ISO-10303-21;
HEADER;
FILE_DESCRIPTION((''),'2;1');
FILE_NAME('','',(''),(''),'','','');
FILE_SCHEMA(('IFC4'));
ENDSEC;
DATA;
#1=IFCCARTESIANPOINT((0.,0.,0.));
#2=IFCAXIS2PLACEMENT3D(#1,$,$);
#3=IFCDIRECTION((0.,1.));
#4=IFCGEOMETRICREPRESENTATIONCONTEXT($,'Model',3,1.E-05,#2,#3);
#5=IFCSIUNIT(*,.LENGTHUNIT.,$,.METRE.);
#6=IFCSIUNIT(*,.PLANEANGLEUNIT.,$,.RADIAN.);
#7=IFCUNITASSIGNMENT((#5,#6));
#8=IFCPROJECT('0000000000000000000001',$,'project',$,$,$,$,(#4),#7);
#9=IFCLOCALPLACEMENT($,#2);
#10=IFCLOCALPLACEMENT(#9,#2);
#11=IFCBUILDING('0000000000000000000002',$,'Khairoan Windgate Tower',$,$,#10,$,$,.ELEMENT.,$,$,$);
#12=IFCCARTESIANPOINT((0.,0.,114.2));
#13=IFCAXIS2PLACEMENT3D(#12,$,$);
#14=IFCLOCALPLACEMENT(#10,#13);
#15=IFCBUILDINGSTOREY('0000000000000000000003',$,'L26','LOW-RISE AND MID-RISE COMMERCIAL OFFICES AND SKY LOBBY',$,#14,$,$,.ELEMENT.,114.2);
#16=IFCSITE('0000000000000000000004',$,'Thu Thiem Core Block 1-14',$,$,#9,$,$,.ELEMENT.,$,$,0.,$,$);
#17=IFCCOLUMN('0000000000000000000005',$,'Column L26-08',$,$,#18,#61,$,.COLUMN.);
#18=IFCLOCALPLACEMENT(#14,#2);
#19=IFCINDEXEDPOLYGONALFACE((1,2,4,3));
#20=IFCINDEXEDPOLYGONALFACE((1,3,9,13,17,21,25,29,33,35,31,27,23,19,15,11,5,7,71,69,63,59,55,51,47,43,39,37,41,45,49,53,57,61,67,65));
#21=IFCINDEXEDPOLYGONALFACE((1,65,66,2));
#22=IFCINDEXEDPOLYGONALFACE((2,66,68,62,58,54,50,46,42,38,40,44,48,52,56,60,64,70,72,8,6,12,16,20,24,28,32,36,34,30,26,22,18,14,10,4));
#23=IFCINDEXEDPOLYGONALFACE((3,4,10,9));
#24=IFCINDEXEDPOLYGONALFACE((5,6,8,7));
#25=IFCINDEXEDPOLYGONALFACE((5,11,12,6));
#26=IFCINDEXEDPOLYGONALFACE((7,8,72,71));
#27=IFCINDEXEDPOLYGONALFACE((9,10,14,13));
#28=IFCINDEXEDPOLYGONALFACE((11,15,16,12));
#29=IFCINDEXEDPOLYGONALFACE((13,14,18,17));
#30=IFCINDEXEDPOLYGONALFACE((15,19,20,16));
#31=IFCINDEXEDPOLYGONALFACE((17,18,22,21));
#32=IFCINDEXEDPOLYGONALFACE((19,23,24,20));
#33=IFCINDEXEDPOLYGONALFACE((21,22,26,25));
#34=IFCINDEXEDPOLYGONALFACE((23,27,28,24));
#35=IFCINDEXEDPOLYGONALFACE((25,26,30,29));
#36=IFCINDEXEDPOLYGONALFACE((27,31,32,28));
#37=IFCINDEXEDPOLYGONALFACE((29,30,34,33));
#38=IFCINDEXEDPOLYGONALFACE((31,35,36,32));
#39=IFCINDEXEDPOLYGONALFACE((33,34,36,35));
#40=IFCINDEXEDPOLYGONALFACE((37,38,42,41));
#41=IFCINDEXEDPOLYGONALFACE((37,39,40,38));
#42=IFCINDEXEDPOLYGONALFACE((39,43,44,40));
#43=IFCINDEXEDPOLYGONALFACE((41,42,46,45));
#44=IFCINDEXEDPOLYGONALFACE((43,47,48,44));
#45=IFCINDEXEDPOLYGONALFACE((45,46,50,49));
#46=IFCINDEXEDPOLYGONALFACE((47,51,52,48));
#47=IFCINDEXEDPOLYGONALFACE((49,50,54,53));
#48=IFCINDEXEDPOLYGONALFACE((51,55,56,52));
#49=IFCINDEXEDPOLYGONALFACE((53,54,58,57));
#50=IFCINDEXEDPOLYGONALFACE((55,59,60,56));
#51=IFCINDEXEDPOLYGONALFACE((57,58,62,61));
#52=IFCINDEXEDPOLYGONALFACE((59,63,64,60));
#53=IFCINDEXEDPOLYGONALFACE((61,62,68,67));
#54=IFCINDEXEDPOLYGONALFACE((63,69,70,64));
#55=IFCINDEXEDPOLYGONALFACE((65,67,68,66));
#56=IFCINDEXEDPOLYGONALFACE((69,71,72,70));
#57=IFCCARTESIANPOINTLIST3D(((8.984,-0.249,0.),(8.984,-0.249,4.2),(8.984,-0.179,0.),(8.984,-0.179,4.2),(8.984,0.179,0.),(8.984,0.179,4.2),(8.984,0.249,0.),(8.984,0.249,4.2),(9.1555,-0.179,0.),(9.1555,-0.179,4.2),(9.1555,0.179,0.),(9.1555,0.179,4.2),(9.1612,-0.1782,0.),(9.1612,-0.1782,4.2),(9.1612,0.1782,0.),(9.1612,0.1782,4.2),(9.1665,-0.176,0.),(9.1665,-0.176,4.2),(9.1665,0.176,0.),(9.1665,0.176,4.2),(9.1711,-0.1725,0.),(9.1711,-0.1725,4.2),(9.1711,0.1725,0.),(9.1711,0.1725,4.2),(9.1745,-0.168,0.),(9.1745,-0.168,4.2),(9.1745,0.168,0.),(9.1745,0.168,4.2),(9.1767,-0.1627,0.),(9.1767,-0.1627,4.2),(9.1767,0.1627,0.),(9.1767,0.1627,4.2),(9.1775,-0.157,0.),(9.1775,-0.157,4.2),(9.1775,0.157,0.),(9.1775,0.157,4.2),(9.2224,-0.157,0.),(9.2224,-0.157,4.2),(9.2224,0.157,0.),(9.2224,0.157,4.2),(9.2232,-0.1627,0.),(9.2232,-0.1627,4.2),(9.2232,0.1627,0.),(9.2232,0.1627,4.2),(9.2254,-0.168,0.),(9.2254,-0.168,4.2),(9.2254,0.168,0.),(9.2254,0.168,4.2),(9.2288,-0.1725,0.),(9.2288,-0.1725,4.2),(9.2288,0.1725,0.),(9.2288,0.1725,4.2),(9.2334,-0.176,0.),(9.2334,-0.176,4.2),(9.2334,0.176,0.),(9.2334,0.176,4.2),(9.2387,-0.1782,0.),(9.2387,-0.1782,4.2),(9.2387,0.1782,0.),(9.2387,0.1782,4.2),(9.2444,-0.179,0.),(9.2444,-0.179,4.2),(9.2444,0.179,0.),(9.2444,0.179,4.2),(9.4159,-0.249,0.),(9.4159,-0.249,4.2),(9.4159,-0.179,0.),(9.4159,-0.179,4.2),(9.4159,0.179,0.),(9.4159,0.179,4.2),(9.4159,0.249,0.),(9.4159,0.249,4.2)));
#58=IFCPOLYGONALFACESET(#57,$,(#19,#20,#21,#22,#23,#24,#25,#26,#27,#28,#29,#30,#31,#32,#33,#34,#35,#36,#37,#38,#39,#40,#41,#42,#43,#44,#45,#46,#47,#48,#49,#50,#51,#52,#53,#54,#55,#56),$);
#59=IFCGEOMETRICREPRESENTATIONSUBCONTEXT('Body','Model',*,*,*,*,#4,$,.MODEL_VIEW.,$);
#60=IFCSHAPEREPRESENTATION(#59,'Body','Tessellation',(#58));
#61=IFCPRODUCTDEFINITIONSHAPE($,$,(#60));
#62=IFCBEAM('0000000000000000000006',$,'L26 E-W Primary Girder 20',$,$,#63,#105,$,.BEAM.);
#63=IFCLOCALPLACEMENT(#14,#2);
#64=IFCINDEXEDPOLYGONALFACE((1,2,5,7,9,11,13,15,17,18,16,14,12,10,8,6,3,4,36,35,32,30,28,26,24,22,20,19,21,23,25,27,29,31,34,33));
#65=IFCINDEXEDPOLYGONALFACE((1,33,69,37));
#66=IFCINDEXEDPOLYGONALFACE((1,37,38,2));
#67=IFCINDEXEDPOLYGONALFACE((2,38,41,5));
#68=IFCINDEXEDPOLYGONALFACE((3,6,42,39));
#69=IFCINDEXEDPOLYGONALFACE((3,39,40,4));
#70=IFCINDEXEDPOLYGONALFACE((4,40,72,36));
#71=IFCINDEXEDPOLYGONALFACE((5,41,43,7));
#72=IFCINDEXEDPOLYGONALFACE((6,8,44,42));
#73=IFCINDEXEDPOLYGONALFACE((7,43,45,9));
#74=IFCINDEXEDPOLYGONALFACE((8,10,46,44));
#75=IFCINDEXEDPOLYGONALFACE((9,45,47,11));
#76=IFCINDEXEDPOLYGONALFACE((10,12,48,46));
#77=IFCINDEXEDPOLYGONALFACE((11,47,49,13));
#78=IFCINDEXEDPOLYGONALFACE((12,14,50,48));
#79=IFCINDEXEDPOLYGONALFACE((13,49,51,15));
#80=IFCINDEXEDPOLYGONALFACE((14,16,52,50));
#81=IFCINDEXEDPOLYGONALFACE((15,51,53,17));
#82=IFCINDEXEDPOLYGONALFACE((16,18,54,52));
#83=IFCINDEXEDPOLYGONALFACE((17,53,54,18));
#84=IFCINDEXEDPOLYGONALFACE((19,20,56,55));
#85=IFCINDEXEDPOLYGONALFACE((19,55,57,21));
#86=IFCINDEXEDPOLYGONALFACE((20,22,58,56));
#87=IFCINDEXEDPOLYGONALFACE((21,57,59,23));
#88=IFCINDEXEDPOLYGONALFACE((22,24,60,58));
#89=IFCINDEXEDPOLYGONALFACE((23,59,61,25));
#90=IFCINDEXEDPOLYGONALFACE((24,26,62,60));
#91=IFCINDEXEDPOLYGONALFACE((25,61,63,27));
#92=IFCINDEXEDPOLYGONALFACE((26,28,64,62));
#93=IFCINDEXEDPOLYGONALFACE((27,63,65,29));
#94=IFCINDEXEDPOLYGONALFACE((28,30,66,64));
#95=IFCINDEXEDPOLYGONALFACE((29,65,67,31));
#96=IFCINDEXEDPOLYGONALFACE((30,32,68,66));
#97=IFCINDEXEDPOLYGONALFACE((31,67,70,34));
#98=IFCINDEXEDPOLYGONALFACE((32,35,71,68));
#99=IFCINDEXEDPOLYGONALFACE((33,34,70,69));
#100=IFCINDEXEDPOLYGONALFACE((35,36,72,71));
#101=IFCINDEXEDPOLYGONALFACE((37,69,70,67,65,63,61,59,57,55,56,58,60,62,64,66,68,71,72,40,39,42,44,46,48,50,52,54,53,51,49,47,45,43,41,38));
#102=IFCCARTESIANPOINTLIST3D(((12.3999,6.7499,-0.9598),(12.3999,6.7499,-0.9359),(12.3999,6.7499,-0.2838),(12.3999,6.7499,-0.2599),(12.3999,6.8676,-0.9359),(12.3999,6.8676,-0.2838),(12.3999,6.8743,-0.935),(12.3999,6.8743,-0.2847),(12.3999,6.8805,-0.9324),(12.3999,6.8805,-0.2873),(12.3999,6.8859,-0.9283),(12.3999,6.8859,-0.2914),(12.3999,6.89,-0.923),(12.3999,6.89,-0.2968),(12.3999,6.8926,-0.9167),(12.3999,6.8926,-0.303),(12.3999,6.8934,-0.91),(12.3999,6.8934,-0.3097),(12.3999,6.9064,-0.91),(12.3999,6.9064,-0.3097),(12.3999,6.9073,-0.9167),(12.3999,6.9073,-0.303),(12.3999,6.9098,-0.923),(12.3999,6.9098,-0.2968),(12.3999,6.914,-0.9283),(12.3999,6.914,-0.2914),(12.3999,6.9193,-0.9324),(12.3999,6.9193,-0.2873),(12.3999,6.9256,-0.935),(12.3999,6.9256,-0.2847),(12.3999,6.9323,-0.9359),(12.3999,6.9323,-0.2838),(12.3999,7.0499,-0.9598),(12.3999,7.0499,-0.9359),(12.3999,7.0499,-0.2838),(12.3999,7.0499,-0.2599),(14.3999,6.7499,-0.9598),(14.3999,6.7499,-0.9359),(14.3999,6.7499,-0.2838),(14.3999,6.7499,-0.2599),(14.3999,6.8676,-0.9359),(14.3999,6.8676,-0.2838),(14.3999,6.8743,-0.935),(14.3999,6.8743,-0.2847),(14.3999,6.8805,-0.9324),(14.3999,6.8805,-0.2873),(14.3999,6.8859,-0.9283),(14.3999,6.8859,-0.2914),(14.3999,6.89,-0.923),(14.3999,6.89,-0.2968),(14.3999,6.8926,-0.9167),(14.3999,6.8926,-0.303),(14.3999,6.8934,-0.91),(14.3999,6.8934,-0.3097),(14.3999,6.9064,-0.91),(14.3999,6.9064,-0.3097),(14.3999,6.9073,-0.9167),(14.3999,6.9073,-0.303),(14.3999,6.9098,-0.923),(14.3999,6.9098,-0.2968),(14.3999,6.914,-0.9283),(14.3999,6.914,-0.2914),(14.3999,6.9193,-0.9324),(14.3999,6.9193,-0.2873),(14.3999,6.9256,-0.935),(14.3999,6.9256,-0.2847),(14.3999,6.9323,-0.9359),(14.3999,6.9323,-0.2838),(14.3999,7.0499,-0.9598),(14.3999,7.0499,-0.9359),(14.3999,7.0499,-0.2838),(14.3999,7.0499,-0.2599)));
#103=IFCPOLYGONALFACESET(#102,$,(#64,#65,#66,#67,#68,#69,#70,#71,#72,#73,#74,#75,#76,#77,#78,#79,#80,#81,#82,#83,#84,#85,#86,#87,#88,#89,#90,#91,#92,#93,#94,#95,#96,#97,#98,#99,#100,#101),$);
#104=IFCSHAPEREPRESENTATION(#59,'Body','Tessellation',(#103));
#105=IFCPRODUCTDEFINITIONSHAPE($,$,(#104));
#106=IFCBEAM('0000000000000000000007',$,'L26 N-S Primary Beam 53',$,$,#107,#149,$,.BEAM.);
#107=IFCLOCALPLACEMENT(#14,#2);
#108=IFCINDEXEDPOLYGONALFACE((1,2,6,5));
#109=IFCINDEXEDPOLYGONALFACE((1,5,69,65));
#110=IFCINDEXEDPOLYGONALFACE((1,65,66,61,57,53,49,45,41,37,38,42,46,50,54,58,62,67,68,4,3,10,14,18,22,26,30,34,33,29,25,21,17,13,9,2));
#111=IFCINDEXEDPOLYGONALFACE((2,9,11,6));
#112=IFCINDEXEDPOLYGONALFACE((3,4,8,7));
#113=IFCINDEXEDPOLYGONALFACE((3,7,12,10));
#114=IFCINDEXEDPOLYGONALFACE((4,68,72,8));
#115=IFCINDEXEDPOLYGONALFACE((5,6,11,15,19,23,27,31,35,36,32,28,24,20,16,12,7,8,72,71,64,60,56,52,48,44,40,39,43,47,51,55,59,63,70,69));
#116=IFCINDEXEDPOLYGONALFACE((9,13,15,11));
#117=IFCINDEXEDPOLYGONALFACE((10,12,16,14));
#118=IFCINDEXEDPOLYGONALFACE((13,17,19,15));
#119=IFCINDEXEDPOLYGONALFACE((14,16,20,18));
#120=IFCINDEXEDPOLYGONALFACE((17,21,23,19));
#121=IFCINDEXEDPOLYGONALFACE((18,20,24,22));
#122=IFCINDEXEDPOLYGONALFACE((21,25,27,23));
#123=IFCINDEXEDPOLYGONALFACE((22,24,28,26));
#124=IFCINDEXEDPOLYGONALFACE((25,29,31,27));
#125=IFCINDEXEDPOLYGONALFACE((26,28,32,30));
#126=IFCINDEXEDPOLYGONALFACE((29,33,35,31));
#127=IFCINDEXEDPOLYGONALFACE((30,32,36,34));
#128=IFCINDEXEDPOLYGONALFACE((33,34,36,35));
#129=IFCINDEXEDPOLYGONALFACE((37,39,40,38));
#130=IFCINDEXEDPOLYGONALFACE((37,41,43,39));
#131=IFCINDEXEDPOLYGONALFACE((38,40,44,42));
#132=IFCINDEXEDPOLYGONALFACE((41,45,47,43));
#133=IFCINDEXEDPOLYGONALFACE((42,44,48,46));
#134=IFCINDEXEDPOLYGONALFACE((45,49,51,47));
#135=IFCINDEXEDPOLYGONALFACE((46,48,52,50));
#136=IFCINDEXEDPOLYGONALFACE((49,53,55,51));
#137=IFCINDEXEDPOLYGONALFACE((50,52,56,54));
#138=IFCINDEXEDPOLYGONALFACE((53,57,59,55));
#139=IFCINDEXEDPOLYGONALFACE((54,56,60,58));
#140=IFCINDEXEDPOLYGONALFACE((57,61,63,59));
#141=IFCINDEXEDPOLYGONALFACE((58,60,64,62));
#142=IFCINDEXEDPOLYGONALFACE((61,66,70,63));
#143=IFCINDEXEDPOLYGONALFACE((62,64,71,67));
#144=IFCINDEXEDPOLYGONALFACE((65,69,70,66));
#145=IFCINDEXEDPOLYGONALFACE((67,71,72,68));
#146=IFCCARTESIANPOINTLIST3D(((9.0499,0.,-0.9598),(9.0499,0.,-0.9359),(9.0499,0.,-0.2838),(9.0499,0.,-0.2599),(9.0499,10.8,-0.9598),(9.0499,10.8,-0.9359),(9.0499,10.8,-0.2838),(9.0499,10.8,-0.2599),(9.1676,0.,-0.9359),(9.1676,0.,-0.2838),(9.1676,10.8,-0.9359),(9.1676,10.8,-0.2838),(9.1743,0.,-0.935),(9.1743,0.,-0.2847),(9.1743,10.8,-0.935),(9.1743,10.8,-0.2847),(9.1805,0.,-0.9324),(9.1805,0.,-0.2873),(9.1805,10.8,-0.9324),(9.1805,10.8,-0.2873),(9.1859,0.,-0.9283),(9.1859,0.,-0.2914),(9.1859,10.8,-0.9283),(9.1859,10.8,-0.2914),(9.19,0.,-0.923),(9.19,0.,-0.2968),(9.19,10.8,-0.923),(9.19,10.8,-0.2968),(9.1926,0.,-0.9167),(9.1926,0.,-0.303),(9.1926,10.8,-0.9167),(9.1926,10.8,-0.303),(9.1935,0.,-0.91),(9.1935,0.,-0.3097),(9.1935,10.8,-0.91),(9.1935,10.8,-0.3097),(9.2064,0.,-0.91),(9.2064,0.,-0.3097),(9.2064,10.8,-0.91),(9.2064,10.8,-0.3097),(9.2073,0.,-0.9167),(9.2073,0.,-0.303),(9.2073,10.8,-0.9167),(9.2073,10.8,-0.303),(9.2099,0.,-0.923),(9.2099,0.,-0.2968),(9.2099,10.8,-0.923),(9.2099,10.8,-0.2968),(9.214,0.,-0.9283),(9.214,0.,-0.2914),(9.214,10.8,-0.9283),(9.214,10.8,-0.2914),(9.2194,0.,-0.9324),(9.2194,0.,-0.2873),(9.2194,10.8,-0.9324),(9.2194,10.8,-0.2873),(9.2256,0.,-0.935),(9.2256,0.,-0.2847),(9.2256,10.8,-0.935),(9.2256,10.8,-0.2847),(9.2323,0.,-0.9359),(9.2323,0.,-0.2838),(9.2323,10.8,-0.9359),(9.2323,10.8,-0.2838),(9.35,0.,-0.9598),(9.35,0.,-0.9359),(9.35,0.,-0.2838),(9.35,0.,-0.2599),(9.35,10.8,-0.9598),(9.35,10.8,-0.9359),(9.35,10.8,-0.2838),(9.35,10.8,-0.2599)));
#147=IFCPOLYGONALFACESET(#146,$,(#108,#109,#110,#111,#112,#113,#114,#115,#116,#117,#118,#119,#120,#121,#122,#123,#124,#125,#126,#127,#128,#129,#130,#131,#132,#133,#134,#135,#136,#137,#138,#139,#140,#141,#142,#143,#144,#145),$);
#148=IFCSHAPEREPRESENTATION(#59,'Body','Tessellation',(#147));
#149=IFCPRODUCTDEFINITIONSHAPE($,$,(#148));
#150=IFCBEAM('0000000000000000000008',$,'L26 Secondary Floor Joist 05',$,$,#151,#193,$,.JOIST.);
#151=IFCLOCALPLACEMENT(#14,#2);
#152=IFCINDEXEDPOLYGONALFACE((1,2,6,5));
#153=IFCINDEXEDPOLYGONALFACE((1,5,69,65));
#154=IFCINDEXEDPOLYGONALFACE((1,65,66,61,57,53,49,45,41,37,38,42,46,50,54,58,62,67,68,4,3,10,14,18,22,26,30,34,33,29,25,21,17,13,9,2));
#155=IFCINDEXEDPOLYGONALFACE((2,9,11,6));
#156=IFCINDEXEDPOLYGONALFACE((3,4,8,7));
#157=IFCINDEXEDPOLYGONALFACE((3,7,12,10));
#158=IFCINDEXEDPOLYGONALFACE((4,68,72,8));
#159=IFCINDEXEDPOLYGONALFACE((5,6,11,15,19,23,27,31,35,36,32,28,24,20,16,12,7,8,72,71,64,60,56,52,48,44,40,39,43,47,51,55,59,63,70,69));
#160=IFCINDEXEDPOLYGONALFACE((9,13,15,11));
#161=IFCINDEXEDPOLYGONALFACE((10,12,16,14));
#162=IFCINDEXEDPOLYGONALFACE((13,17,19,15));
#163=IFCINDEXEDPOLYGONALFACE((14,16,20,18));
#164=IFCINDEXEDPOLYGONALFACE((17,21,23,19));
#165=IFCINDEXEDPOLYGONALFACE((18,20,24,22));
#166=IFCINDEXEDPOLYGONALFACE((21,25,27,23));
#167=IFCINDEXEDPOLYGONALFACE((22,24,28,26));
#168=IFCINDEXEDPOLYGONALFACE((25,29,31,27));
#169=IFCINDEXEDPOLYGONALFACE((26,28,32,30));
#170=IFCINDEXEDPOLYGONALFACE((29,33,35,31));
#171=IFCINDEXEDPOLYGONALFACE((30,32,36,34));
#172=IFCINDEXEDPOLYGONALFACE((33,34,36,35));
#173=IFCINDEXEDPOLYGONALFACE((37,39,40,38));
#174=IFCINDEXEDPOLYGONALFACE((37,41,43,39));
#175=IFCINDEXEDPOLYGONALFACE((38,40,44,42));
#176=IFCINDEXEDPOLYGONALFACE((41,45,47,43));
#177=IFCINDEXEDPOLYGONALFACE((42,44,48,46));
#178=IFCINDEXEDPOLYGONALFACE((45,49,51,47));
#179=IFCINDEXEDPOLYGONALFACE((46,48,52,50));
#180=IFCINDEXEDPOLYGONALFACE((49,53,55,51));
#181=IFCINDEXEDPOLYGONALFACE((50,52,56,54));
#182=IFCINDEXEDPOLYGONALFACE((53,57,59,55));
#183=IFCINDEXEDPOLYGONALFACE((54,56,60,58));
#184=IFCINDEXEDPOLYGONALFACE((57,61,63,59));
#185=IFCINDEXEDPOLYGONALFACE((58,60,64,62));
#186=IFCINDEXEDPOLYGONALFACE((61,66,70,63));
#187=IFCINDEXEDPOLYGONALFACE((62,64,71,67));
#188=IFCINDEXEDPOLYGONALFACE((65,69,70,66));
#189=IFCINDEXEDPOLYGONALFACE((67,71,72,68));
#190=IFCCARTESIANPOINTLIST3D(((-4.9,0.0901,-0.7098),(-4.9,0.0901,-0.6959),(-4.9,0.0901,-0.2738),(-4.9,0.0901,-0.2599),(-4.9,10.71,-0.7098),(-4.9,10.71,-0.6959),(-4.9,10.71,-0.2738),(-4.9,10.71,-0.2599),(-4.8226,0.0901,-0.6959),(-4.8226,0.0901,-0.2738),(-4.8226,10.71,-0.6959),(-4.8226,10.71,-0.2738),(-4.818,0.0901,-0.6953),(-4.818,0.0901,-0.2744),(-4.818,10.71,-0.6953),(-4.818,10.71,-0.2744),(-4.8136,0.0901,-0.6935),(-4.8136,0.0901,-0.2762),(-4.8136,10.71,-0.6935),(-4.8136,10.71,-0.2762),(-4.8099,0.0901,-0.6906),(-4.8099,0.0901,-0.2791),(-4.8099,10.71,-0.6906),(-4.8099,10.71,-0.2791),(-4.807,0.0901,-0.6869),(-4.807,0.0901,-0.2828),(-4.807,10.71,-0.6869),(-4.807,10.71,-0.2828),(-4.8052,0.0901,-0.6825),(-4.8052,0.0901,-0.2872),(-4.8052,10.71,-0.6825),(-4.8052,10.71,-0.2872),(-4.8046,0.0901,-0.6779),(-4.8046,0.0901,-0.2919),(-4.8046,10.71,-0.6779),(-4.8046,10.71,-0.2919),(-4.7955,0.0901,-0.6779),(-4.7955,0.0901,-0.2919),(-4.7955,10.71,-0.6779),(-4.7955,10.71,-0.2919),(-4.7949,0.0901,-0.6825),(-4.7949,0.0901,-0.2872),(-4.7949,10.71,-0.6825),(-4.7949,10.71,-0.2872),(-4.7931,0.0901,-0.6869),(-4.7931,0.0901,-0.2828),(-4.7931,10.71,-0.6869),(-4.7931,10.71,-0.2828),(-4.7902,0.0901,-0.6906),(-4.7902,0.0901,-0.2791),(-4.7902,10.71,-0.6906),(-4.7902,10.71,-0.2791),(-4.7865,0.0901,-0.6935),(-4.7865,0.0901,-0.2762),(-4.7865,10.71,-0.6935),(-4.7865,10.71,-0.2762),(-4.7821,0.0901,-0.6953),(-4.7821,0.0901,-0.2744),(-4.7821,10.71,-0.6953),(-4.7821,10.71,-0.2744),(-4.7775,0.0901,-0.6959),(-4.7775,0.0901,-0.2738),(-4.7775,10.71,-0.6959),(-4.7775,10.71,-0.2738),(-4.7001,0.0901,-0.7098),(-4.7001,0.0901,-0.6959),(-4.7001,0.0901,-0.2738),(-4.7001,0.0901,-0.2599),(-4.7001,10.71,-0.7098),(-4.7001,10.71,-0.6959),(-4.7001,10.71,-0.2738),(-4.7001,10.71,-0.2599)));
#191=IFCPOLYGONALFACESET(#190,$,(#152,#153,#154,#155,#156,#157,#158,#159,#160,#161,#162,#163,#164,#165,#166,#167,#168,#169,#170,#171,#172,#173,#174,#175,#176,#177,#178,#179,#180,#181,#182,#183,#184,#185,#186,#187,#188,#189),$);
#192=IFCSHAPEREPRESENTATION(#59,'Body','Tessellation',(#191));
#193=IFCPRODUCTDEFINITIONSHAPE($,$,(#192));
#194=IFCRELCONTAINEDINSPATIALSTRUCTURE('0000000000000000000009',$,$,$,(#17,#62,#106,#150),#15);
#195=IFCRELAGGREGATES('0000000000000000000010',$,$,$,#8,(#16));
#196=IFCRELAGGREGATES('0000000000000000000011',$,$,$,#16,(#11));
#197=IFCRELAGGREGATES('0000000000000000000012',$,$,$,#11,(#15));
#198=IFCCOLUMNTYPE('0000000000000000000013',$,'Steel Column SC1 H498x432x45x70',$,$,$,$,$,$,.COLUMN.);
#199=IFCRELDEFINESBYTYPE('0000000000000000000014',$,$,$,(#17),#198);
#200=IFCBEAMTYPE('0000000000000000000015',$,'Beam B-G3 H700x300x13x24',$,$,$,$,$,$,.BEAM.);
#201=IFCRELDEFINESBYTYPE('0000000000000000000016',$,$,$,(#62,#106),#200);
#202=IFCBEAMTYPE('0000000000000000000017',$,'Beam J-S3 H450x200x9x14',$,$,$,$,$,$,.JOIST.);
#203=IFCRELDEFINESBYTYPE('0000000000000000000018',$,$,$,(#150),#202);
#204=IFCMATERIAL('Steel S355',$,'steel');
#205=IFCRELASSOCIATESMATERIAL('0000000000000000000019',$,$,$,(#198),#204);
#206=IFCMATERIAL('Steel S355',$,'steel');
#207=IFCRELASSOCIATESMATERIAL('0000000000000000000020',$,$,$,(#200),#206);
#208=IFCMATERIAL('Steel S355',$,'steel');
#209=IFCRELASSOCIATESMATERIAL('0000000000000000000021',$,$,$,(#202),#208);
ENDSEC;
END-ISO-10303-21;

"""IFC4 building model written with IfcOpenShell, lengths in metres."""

from ifc_helpers import new_model, si_unit, direction, frame, origin, origin_2d, place, context, subcontext, project, spatial, i_section, extrude, material, material_profile, profile_set, type_object, element, save


model = new_model("IFC4")

# Units and contexts
model_context = context("Model", 3, precision=1e-05, world=origin(), true_north=direction((0.0, 1.0)))
body_context = subcontext(model_context, "Body", "Model", "MODEL_VIEW")
ifc_project = project(units=[si_unit("LENGTHUNIT", "METRE"), si_unit("PLANEANGLEUNIT", "RADIAN")], contexts=[model_context])

# Site, building, storey
site_placement = place(None, origin())
site = spatial("IfcSite", under=ifc_project, at=site_placement, Name="Thu Thiem Core Block 1-14", CompositionType="ELEMENT", RefElevation=0.0)
building_placement = place(site_placement, origin())
building = spatial("IfcBuilding", under=site, at=building_placement, Name="Khairoan Windgate Tower", CompositionType="ELEMENT")
storey_placement = place(building_placement, frame((0.0, 0.0, 114.2)))
storey = spatial("IfcBuildingStorey", under=building, at=storey_placement, Name="L26", Description="LOW-RISE AND MID-RISE COMMERCIAL OFFICES AND SKY LOBBY", CompositionType="ELEMENT", Elevation=114.2)

# Column
ifc_material_1 = material(Name="Steel S355", Category="steel")
ifc_material_profile_1 = material_profile(ifc_material_1, i_section(OverallWidth=0.4319, OverallDepth=0.498, WebThickness=0.0449, FlangeThickness=0.0701, FilletRadius=0.022, at=origin_2d()))
ifc_profile_set_1 = profile_set([ifc_material_profile_1], Name="Steel S355")
column_type = type_object("IfcColumnType", Name="Steel Column SC1 H498x432x45x70", PredefinedType="COLUMN", material=ifc_profile_set_1)
column_placement = place(storey_placement, frame((9.2, 0.0, 0.0), z_axis=(0.0, 0.0, 1.0), x_axis=(1.0, 0.0, 0.0)))
element("IfcColumn", 1, at=column_placement, inside=storey, type_object=column_type, Name="Column L26-08", PredefinedType="COLUMN", context=body_context, shape_type="SweptSolid", body=[
    extrude(i_section(OverallWidth=0.4319, OverallDepth=0.498, WebThickness=0.0449, FlangeThickness=0.0701, FilletRadius=0.022, at=origin_2d()), origin(), (0.0, 0.0, 1.0), 4.2),
])

# Beams
ifc_material_2 = material(Name="Steel S355", Category="steel")
ifc_material_profile_2 = material_profile(ifc_material_2, i_section(OverallWidth=0.3, OverallDepth=0.7, WebThickness=0.0129, FlangeThickness=0.0239, FilletRadius=0.0259, at=origin_2d()))
ifc_profile_set_2 = profile_set([ifc_material_profile_2], Name="Steel S355")
beam_type_1 = type_object("IfcBeamType", Name="Beam B-G3 H700x300x13x24", PredefinedType="BEAM", material=ifc_profile_set_2)
beam_1_placement = place(storey_placement, frame((12.3999, 6.8999, -0.6099), z_axis=(1.0, 0.0, 0.0), x_axis=(0.0, 1.0, 0.0)))
element("IfcBeam", 2, at=beam_1_placement, inside=storey, type_object=beam_type_1, Name="L26 E-W Primary Girder 20", PredefinedType="BEAM", context=body_context, shape_type="SweptSolid", body=[
    extrude(i_section(OverallWidth=0.3, OverallDepth=0.7, WebThickness=0.0129, FlangeThickness=0.0239, FilletRadius=0.0259, at=origin_2d()), origin(), (0.0, 0.0, 1.0), 2.0),
])
beam_2_placement = place(storey_placement, frame((9.2, 0.0, -0.6099), z_axis=(0.0, 1.0, 0.0), x_axis=(-1.0, 0.0, 0.0)))
element("IfcBeam", 3, at=beam_2_placement, inside=storey, type_object=beam_type_1, Name="L26 N-S Primary Beam 53", PredefinedType="BEAM", context=body_context, shape_type="SweptSolid", body=[
    extrude(i_section(OverallWidth=0.3, OverallDepth=0.7, WebThickness=0.0129, FlangeThickness=0.0239, FilletRadius=0.0259, at=origin_2d()), origin(), (0.0, 0.0, 1.0), 10.8),
])
ifc_material_3 = material(Name="Steel S355", Category="steel")
ifc_material_profile_3 = material_profile(ifc_material_3, i_section(OverallWidth=0.2, OverallDepth=0.45, WebThickness=0.009, FlangeThickness=0.0139, FilletRadius=0.0181, at=origin_2d()))
ifc_profile_set_3 = profile_set([ifc_material_profile_3], Name="Steel S355")
beam_type_2 = type_object("IfcBeamType", Name="Beam J-S3 H450x200x9x14", PredefinedType="JOIST", material=ifc_profile_set_3)
for number, where, z_axis, x_axis, name in (
    (4, (-4.8, 0.0901, -0.4849), (0.0, 1.0, 0.0), (-1.0, 0.0, 0.0), "L26 Secondary Floor Joist 05"),
):
    element("IfcBeam", number, at=place(storey_placement, frame(where, z_axis=z_axis, x_axis=x_axis)), inside=storey, type_object=beam_type_2, Name=name, PredefinedType="JOIST", context=body_context, shape_type="SweptSolid", body=[
        extrude(i_section(OverallWidth=0.2, OverallDepth=0.45, WebThickness=0.009, FlangeThickness=0.0139, FilletRadius=0.0181, at=origin_2d()), origin(), (0.0, 0.0, 1.0), 10.6199),
    ])

save(model, "model.ifc")
